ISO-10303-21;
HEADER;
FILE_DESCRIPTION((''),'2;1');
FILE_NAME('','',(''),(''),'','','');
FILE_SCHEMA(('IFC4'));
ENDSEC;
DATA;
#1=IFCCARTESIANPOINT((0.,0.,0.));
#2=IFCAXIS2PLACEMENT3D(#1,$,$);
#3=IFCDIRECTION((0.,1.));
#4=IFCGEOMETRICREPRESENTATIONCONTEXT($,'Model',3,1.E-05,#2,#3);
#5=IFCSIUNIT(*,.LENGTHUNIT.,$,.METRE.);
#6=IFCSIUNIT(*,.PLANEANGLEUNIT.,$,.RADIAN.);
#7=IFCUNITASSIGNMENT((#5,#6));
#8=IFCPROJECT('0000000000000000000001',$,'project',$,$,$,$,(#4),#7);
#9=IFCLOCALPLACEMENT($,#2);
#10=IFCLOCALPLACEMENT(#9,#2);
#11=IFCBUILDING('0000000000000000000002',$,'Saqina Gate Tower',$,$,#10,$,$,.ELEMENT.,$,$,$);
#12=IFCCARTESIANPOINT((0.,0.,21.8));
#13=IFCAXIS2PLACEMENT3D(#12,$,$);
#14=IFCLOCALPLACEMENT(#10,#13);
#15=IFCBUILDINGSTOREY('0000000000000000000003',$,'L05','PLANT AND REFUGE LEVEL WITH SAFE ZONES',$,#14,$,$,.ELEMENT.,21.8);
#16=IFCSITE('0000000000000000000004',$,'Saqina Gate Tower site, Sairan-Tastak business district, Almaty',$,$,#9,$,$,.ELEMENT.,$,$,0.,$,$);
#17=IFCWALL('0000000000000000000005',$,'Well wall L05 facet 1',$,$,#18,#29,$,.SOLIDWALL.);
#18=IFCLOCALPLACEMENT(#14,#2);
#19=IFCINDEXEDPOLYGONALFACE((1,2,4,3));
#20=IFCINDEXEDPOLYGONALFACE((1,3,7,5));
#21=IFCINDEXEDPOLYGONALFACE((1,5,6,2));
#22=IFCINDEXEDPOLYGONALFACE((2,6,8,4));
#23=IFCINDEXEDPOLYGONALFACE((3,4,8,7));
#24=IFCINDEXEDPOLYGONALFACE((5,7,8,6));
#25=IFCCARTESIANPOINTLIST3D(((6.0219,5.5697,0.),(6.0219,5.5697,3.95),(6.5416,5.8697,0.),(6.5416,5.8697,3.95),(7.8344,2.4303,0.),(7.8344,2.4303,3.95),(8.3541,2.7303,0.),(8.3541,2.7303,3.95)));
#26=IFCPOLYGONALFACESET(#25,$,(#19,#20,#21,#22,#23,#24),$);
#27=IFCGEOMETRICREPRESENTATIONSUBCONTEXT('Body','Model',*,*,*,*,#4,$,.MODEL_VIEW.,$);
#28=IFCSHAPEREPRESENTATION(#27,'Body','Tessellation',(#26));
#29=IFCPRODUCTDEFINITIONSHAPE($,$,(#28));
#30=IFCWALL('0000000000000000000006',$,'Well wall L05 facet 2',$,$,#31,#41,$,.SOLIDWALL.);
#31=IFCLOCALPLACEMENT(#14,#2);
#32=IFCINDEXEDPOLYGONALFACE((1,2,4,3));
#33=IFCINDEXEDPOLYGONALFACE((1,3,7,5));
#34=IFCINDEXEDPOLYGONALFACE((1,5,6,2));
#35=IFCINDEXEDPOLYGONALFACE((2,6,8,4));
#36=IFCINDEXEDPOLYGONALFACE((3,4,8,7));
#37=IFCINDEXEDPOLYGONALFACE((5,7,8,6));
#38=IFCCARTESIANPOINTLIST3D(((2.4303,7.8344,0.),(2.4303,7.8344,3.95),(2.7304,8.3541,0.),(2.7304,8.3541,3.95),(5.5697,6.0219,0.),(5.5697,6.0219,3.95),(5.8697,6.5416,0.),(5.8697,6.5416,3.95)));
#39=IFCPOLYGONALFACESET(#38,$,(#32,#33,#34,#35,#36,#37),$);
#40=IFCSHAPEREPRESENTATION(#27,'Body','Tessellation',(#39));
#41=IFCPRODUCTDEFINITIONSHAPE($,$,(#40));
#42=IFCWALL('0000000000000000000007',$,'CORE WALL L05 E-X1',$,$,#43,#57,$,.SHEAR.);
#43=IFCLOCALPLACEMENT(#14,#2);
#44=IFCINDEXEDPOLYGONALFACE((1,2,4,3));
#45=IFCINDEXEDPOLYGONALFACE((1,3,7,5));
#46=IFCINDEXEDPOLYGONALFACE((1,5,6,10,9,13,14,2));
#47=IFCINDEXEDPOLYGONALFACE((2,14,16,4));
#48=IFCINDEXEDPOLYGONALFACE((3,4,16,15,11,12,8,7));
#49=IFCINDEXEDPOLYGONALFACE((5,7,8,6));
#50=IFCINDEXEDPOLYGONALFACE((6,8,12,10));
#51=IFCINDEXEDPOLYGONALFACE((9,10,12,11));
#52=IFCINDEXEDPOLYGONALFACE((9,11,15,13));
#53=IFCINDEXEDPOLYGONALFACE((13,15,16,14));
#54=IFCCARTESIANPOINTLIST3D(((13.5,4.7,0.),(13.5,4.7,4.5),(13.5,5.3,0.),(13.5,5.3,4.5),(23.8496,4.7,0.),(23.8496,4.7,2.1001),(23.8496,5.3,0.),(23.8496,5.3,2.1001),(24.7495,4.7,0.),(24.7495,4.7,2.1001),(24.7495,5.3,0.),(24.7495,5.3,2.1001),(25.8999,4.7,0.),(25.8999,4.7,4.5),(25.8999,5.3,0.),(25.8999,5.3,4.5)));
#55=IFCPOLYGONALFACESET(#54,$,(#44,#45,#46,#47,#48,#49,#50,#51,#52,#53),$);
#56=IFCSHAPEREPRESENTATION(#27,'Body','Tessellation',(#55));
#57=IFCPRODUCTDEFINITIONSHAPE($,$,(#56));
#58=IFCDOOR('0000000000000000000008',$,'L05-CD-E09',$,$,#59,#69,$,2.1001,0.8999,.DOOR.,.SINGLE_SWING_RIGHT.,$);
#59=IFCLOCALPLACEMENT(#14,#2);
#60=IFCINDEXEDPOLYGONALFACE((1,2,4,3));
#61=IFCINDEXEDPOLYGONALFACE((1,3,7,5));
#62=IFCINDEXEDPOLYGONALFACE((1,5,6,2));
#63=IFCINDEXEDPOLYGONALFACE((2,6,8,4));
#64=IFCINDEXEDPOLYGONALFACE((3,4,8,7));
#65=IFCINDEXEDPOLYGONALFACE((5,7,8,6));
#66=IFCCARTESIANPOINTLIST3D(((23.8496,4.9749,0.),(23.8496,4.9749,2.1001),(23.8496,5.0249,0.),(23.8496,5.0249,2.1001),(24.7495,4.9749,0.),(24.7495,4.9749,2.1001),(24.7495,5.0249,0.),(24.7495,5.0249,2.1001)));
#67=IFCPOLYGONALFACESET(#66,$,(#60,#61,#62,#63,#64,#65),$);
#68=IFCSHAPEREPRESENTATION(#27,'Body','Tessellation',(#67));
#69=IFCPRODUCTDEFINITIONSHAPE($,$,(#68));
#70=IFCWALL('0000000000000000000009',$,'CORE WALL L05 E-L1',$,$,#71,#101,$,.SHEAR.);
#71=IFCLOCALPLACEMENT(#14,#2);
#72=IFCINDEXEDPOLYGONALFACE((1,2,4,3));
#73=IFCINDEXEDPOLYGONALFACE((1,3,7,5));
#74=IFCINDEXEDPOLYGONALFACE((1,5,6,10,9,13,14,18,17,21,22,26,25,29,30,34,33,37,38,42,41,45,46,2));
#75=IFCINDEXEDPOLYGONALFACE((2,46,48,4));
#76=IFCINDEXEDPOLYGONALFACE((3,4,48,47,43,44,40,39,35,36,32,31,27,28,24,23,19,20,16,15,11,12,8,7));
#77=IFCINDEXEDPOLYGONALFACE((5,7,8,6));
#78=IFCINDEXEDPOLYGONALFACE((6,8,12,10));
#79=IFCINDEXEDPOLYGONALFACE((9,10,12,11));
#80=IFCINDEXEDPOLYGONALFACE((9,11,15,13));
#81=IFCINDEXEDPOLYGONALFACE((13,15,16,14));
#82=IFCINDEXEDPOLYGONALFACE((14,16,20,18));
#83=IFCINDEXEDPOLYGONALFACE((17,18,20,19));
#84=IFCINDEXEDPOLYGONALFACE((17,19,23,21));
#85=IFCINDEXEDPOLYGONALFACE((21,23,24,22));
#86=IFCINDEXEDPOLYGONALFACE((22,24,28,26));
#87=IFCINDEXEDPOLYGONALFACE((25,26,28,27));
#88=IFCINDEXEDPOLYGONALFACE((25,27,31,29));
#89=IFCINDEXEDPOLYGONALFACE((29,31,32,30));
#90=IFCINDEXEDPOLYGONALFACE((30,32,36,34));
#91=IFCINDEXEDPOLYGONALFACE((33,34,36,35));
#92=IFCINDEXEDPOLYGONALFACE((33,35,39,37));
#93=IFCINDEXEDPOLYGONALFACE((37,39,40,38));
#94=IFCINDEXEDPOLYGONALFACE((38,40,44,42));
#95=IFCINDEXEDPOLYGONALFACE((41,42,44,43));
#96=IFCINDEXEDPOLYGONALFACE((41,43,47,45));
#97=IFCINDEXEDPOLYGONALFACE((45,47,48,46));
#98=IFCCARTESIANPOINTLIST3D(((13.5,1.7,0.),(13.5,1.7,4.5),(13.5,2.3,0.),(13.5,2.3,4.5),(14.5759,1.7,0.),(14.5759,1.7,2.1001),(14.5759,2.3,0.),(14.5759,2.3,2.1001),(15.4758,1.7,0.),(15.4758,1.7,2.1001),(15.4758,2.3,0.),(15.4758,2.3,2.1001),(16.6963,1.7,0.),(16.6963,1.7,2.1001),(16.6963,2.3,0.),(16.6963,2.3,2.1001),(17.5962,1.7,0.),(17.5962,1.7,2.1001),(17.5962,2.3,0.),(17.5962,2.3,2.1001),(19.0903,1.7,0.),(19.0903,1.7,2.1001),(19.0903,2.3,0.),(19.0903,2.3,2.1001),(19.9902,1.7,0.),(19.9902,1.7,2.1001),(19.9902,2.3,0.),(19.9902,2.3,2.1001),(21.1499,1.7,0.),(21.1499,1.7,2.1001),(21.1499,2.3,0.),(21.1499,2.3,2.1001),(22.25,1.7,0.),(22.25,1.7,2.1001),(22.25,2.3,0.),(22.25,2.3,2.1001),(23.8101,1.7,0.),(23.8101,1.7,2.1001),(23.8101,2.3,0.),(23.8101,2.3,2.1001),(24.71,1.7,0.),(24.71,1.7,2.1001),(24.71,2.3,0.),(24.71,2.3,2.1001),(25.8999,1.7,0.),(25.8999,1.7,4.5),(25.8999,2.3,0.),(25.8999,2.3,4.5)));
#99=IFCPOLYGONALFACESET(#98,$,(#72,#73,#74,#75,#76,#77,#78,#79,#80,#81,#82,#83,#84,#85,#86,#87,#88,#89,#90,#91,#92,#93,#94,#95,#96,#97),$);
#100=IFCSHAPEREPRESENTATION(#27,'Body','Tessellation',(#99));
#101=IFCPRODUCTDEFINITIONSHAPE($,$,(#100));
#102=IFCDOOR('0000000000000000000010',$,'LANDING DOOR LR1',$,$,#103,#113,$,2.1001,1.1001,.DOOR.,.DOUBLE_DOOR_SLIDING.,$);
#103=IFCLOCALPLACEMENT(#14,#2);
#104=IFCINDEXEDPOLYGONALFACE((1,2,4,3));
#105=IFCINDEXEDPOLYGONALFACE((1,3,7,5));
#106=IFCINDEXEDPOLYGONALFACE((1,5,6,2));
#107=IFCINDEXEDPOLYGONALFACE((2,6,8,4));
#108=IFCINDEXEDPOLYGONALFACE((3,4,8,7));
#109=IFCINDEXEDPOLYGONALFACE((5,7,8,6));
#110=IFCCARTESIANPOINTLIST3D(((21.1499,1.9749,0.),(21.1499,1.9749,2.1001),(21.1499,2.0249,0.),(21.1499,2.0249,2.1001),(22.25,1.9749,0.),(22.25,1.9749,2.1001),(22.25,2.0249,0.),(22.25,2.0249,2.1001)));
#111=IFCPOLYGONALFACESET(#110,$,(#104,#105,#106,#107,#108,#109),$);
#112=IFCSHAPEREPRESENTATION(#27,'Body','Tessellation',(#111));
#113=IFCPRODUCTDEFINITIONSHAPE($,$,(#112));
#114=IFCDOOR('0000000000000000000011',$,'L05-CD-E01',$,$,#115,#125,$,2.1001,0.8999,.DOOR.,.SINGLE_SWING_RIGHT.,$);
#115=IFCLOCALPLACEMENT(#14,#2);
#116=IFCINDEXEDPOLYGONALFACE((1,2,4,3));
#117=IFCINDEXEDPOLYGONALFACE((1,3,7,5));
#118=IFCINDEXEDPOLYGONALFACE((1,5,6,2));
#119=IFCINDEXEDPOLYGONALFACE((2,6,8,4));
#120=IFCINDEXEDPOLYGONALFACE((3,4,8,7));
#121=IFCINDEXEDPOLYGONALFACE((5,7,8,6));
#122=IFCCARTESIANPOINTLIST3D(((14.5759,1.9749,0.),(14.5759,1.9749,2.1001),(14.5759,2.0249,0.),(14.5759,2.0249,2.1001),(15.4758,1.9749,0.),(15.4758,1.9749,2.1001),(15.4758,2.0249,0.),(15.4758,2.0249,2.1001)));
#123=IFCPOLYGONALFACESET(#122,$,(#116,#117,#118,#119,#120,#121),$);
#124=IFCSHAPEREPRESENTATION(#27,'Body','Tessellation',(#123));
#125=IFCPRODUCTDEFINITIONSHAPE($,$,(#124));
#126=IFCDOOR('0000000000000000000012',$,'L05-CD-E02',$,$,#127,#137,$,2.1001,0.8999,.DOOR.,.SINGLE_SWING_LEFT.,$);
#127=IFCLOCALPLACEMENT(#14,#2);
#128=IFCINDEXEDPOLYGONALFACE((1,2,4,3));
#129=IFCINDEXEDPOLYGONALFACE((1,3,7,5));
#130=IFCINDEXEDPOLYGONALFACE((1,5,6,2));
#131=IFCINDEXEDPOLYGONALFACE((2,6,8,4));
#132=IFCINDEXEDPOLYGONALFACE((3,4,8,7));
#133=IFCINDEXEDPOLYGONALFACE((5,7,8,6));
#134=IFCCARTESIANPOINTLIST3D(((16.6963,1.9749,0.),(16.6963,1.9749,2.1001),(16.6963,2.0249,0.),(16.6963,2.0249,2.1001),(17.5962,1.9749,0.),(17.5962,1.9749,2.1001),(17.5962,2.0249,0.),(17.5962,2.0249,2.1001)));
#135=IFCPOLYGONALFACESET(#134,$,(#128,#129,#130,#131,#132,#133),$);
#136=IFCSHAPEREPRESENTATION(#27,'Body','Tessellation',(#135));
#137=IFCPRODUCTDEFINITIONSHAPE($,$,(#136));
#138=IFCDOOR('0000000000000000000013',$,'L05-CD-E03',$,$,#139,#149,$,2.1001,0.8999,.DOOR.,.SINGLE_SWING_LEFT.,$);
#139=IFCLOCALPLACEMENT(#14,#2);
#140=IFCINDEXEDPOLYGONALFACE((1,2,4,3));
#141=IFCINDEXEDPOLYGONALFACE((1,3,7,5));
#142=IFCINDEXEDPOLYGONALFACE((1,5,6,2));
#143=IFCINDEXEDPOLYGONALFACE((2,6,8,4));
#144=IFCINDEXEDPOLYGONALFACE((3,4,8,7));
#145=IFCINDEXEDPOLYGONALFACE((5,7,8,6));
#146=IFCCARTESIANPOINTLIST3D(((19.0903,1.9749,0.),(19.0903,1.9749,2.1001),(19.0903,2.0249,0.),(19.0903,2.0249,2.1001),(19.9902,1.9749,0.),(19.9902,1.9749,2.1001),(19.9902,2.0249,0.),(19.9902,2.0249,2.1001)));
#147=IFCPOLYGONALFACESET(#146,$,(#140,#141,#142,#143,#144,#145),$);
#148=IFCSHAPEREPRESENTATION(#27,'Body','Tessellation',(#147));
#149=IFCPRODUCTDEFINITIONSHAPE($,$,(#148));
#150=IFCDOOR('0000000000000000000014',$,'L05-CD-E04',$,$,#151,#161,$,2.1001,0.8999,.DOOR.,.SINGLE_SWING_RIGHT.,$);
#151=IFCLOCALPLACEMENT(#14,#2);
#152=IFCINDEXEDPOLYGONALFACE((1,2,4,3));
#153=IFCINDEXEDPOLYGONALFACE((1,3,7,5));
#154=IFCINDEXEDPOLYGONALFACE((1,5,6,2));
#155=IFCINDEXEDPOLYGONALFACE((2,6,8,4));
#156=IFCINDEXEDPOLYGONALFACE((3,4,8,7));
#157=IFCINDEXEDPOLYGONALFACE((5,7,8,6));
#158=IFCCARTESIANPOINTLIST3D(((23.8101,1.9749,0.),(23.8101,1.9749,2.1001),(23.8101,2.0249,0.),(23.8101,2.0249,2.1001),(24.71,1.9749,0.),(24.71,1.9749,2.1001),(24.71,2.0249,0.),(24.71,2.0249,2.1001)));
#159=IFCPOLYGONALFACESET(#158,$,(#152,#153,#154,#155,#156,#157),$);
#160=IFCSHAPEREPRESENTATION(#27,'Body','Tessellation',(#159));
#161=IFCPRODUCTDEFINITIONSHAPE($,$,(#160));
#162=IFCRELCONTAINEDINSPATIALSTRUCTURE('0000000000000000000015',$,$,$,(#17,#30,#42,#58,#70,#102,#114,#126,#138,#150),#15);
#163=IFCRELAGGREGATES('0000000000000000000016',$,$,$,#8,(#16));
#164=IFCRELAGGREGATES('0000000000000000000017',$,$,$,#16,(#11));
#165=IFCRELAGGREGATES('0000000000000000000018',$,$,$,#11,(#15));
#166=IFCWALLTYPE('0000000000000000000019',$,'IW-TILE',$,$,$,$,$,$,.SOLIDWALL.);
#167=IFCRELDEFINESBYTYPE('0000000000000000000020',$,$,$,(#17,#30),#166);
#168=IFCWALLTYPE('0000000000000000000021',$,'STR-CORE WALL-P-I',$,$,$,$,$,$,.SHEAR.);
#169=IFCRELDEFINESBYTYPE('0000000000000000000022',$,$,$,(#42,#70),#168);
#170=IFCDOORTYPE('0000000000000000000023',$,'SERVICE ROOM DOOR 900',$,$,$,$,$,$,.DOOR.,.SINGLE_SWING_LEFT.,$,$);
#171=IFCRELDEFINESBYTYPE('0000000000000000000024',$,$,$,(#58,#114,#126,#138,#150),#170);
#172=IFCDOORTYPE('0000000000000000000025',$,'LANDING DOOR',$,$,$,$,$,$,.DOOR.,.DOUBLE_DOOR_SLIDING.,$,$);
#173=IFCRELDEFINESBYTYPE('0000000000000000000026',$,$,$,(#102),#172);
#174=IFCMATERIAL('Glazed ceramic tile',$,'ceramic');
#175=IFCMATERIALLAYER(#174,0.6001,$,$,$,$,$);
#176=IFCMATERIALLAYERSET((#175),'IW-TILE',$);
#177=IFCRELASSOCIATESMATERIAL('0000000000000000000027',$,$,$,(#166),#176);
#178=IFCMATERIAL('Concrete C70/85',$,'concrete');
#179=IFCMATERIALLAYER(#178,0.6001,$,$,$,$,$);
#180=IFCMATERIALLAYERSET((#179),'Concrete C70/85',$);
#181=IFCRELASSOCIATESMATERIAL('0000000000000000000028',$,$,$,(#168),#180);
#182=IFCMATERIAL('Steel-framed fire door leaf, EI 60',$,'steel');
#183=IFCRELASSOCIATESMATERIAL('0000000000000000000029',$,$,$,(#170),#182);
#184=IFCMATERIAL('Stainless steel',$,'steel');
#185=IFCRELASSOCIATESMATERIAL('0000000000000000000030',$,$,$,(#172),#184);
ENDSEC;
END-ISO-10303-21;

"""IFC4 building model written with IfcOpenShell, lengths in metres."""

from ifc_helpers import new_model, si_unit, direction, frame, frame_2d, origin, place, context, subcontext, project, spatial, rectangle, extrude, material, layer, layer_set, type_object, element, fill, save


model = new_model("IFC4")

# Units and contexts
model_context = context("Model", 3, precision=1e-05, world=origin(), true_north=direction((0.0, 1.0)))
body_context = subcontext(model_context, "Body", "Model", "MODEL_VIEW")
ifc_project = project(units=[si_unit("LENGTHUNIT", "METRE"), si_unit("PLANEANGLEUNIT", "RADIAN")], contexts=[model_context])

# Site, building, storey
site_placement = place(None, origin())
site = spatial("IfcSite", under=ifc_project, at=site_placement, Name="Saqina Gate Tower site, Sairan-Tastak business district, Almaty", CompositionType="ELEMENT", RefElevation=0.0)
building_placement = place(site_placement, origin())
building = spatial("IfcBuilding", under=site, at=building_placement, Name="Saqina Gate Tower", CompositionType="ELEMENT")
storey_placement = place(building_placement, frame((0.0, 0.0, 21.8)))
storey = spatial("IfcBuildingStorey", under=building, at=storey_placement, Name="L05", Description="PLANT AND REFUGE LEVEL WITH SAFE ZONES", CompositionType="ELEMENT", Elevation=21.8)

# Walls
ifc_material_1 = material(Name="Glazed ceramic tile", Category="ceramic")
ifc_layer_1 = layer(ifc_material_1, 0.6001)
ifc_layer_set_1 = layer_set([ifc_layer_1], Name="IW-TILE")
wall_type_1 = type_object("IfcWallType", Name="IW-TILE", PredefinedType="SOLIDWALL", material=ifc_layer_set_1)
for number, where, z_axis, x_axis, name in (
    (1, (8.0942, 2.5803, 0.0), (0.0, 0.0, 1.0), (-0.499993, 0.86603, 0.0), "Well wall L05 facet 1"),
    (2, (5.7197, 6.2817, 0.0), (0.0, 0.0, 1.0), (-0.86603, 0.499993, 0.0), "Well wall L05 facet 2"),
):
    element("IfcWall", number, at=place(storey_placement, frame(where, z_axis=z_axis, x_axis=x_axis)), inside=storey, type_object=wall_type_1, Name=name, PredefinedType="SOLIDWALL", context=body_context, shape_type="SweptSolid", body=[
        extrude(rectangle(XDim=3.625, YDim=0.6001, at=frame_2d((1.8125, 0.0))), origin(), (0.0, 0.0, 1.0), 3.95),
    ])

# Wall, opening, door
ifc_material_2 = material(Name="Concrete C70/85", Category="concrete")
ifc_layer_2 = layer(ifc_material_2, 0.6001)
ifc_layer_set_2 = layer_set([ifc_layer_2], Name="Concrete C70/85")
wall_type_2 = type_object("IfcWallType", Name="STR-CORE WALL-P-I", PredefinedType="SHEAR", material=ifc_layer_set_2)
wall_1_placement = place(storey_placement, frame((13.5, 5.0, 0.0), z_axis=(0.0, 0.0, 1.0), x_axis=(1.0, 0.0, 0.0)))
wall_1 = element("IfcWall", 3, at=wall_1_placement, inside=storey, type_object=wall_type_2, Name="CORE WALL L05 E-X1", PredefinedType="SHEAR", context=body_context, shape_type="SweptSolid", body=[
    extrude(rectangle(XDim=12.3999, YDim=0.6001, at=frame_2d((6.2, 0.0))), origin(), (0.0, 0.0, 1.0), 4.5),
])
opening_1_placement = place(wall_1_placement, frame((10.3496, 0.0, 0.0)))
opening_1 = element("IfcOpeningElement", 4, at=opening_1_placement, cuts=wall_1, PredefinedType="OPENING", context=body_context, shape_type="SweptSolid", body=[
    extrude(rectangle(XDim=0.8999, YDim=2.1001, at=frame_2d((0.45, 1.05))), frame((0.0, 0.312, 0.0), z_axis=(0.0, -1.0, 0.0), x_axis=(1.0, 0.0, 0.0)), (0.0, 0.0, 1.0), 0.624),
])
ifc_material_3 = material(Name="Steel-framed fire door leaf, EI 60", Category="steel")
door_type_1 = type_object("IfcDoorType", Name="SERVICE ROOM DOOR 900", OperationType="SINGLE_SWING_LEFT", PredefinedType="DOOR", material=ifc_material_3)
door_1_placement = place(opening_1_placement, origin())
door_1 = element("IfcDoor", 5, at=door_1_placement, inside=storey, type_object=door_type_1, Name="L05-CD-E09", OperationType="SINGLE_SWING_RIGHT", OverallHeight=2.1001, OverallWidth=0.8999, PredefinedType="DOOR", context=body_context, shape_type="SweptSolid", body=[
    extrude(rectangle(XDim=0.8999, YDim=2.1001, at=frame_2d((0.45, 1.05))), frame((0.0, 0.0249, 0.0), z_axis=(0.0, -1.0, 0.0), x_axis=(1.0, 0.0, 0.0)), (0.0, 0.0, 1.0), 0.05),
])
fill(opening_1, door_1)

# Wall, openings, doors
wall_2_placement = place(storey_placement, frame((13.5, 2.0, 0.0), z_axis=(0.0, 0.0, 1.0), x_axis=(1.0, 0.0, 0.0)))
wall_2 = element("IfcWall", 6, at=wall_2_placement, inside=storey, type_object=wall_type_2, Name="CORE WALL L05 E-L1", PredefinedType="SHEAR", context=body_context, shape_type="SweptSolid", body=[
    extrude(rectangle(XDim=12.3999, YDim=0.6001, at=frame_2d((6.2, 0.0))), origin(), (0.0, 0.0, 1.0), 4.5),
])
opening_2_placement = place(wall_2_placement, frame((7.6499, 0.0, 0.0)))
opening_2 = element("IfcOpeningElement", 7, at=opening_2_placement, cuts=wall_2, PredefinedType="OPENING", context=body_context, shape_type="SweptSolid", body=[
    extrude(rectangle(XDim=1.1001, YDim=2.1001, at=frame_2d((0.55, 1.05))), frame((0.0, 0.312, 0.0), z_axis=(0.0, -1.0, 0.0), x_axis=(1.0, 0.0, 0.0)), (0.0, 0.0, 1.0), 0.624),
])
opening_3_placement = place(wall_2_placement, frame((1.0759, 0.0, 0.0)))
opening_3 = element("IfcOpeningElement", 8, at=opening_3_placement, cuts=wall_2, PredefinedType="OPENING", context=body_context, shape_type="SweptSolid", body=[
    extrude(rectangle(XDim=0.8999, YDim=2.1001, at=frame_2d((0.45, 1.05))), frame((0.0, 0.312, 0.0), z_axis=(0.0, -1.0, 0.0), x_axis=(1.0, 0.0, 0.0)), (0.0, 0.0, 1.0), 0.624),
])
opening_4_placement = place(wall_2_placement, frame((3.1963, 0.0, 0.0)))
opening_4 = element("IfcOpeningElement", 9, at=opening_4_placement, cuts=wall_2, PredefinedType="OPENING", context=body_context, shape_type="SweptSolid", body=[
    extrude(rectangle(XDim=0.8999, YDim=2.1001, at=frame_2d((0.45, 1.05))), frame((0.0, 0.312, 0.0), z_axis=(0.0, -1.0, 0.0), x_axis=(1.0, 0.0, 0.0)), (0.0, 0.0, 1.0), 0.624),
])
opening_5_placement = place(wall_2_placement, frame((5.5903, 0.0, 0.0)))
opening_5 = element("IfcOpeningElement", 10, at=opening_5_placement, cuts=wall_2, PredefinedType="OPENING", context=body_context, shape_type="SweptSolid", body=[
    extrude(rectangle(XDim=0.8999, YDim=2.1001, at=frame_2d((0.45, 1.05))), frame((0.0, 0.312, 0.0), z_axis=(0.0, -1.0, 0.0), x_axis=(1.0, 0.0, 0.0)), (0.0, 0.0, 1.0), 0.624),
])
opening_6_placement = place(wall_2_placement, frame((10.3101, 0.0, 0.0)))
opening_6 = element("IfcOpeningElement", 11, at=opening_6_placement, cuts=wall_2, PredefinedType="OPENING", context=body_context, shape_type="SweptSolid", body=[
    extrude(rectangle(XDim=0.8999, YDim=2.1001, at=frame_2d((0.45, 1.05))), frame((0.0, 0.312, 0.0), z_axis=(0.0, -1.0, 0.0), x_axis=(1.0, 0.0, 0.0)), (0.0, 0.0, 1.0), 0.624),
])
ifc_material_4 = material(Name="Stainless steel", Category="steel")
door_type_2 = type_object("IfcDoorType", Name="LANDING DOOR", OperationType="DOUBLE_DOOR_SLIDING", PredefinedType="DOOR", material=ifc_material_4)
door_2_placement = place(opening_2_placement, origin())
door_2 = element("IfcDoor", 12, at=door_2_placement, inside=storey, type_object=door_type_2, Name="LANDING DOOR LR1", OperationType="DOUBLE_DOOR_SLIDING", OverallHeight=2.1001, OverallWidth=1.1001, PredefinedType="DOOR", context=body_context, shape_type="SweptSolid", body=[
    extrude(rectangle(XDim=1.1001, YDim=2.1001, at=frame_2d((0.55, 1.05))), frame((0.0, 0.0249, 0.0), z_axis=(0.0, -1.0, 0.0), x_axis=(1.0, 0.0, 0.0)), (0.0, 0.0, 1.0), 0.05),
])
fill(opening_2, door_2)
door_3_placement = place(opening_3_placement, origin())
door_3 = element("IfcDoor", 13, at=door_3_placement, inside=storey, type_object=door_type_1, Name="L05-CD-E01", OperationType="SINGLE_SWING_RIGHT", OverallHeight=2.1001, OverallWidth=0.8999, PredefinedType="DOOR", context=body_context, shape_type="SweptSolid", body=[
    extrude(rectangle(XDim=0.8999, YDim=2.1001, at=frame_2d((0.45, 1.05))), frame((0.0, 0.0249, 0.0), z_axis=(0.0, -1.0, 0.0), x_axis=(1.0, 0.0, 0.0)), (0.0, 0.0, 1.0), 0.05),
])
fill(opening_3, door_3)
door_4_placement = place(opening_4_placement, origin())
door_4 = element("IfcDoor", 14, at=door_4_placement, inside=storey, type_object=door_type_1, Name="L05-CD-E02", OperationType="SINGLE_SWING_LEFT", OverallHeight=2.1001, OverallWidth=0.8999, PredefinedType="DOOR", context=body_context, shape_type="SweptSolid", body=[
    extrude(rectangle(XDim=0.8999, YDim=2.1001, at=frame_2d((0.45, 1.05))), frame((0.0, 0.0249, 0.0), z_axis=(0.0, -1.0, 0.0), x_axis=(1.0, 0.0, 0.0)), (0.0, 0.0, 1.0), 0.05),
])
fill(opening_4, door_4)
door_5_placement = place(opening_5_placement, origin())
door_5 = element("IfcDoor", 15, at=door_5_placement, inside=storey, type_object=door_type_1, Name="L05-CD-E03", OperationType="SINGLE_SWING_LEFT", OverallHeight=2.1001, OverallWidth=0.8999, PredefinedType="DOOR", context=body_context, shape_type="SweptSolid", body=[
    extrude(rectangle(XDim=0.8999, YDim=2.1001, at=frame_2d((0.45, 1.05))), frame((0.0, 0.0249, 0.0), z_axis=(0.0, -1.0, 0.0), x_axis=(1.0, 0.0, 0.0)), (0.0, 0.0, 1.0), 0.05),
])
fill(opening_5, door_5)
door_6_placement = place(opening_6_placement, origin())
door_6 = element("IfcDoor", 16, at=door_6_placement, inside=storey, type_object=door_type_1, Name="L05-CD-E04", OperationType="SINGLE_SWING_RIGHT", OverallHeight=2.1001, OverallWidth=0.8999, PredefinedType="DOOR", context=body_context, shape_type="SweptSolid", body=[
    extrude(rectangle(XDim=0.8999, YDim=2.1001, at=frame_2d((0.45, 1.05))), frame((0.0, 0.0249, 0.0), z_axis=(0.0, -1.0, 0.0), x_axis=(1.0, 0.0, 0.0)), (0.0, 0.0, 1.0), 0.05),
])
fill(opening_6, door_6)

save(model, "model.ifc")
